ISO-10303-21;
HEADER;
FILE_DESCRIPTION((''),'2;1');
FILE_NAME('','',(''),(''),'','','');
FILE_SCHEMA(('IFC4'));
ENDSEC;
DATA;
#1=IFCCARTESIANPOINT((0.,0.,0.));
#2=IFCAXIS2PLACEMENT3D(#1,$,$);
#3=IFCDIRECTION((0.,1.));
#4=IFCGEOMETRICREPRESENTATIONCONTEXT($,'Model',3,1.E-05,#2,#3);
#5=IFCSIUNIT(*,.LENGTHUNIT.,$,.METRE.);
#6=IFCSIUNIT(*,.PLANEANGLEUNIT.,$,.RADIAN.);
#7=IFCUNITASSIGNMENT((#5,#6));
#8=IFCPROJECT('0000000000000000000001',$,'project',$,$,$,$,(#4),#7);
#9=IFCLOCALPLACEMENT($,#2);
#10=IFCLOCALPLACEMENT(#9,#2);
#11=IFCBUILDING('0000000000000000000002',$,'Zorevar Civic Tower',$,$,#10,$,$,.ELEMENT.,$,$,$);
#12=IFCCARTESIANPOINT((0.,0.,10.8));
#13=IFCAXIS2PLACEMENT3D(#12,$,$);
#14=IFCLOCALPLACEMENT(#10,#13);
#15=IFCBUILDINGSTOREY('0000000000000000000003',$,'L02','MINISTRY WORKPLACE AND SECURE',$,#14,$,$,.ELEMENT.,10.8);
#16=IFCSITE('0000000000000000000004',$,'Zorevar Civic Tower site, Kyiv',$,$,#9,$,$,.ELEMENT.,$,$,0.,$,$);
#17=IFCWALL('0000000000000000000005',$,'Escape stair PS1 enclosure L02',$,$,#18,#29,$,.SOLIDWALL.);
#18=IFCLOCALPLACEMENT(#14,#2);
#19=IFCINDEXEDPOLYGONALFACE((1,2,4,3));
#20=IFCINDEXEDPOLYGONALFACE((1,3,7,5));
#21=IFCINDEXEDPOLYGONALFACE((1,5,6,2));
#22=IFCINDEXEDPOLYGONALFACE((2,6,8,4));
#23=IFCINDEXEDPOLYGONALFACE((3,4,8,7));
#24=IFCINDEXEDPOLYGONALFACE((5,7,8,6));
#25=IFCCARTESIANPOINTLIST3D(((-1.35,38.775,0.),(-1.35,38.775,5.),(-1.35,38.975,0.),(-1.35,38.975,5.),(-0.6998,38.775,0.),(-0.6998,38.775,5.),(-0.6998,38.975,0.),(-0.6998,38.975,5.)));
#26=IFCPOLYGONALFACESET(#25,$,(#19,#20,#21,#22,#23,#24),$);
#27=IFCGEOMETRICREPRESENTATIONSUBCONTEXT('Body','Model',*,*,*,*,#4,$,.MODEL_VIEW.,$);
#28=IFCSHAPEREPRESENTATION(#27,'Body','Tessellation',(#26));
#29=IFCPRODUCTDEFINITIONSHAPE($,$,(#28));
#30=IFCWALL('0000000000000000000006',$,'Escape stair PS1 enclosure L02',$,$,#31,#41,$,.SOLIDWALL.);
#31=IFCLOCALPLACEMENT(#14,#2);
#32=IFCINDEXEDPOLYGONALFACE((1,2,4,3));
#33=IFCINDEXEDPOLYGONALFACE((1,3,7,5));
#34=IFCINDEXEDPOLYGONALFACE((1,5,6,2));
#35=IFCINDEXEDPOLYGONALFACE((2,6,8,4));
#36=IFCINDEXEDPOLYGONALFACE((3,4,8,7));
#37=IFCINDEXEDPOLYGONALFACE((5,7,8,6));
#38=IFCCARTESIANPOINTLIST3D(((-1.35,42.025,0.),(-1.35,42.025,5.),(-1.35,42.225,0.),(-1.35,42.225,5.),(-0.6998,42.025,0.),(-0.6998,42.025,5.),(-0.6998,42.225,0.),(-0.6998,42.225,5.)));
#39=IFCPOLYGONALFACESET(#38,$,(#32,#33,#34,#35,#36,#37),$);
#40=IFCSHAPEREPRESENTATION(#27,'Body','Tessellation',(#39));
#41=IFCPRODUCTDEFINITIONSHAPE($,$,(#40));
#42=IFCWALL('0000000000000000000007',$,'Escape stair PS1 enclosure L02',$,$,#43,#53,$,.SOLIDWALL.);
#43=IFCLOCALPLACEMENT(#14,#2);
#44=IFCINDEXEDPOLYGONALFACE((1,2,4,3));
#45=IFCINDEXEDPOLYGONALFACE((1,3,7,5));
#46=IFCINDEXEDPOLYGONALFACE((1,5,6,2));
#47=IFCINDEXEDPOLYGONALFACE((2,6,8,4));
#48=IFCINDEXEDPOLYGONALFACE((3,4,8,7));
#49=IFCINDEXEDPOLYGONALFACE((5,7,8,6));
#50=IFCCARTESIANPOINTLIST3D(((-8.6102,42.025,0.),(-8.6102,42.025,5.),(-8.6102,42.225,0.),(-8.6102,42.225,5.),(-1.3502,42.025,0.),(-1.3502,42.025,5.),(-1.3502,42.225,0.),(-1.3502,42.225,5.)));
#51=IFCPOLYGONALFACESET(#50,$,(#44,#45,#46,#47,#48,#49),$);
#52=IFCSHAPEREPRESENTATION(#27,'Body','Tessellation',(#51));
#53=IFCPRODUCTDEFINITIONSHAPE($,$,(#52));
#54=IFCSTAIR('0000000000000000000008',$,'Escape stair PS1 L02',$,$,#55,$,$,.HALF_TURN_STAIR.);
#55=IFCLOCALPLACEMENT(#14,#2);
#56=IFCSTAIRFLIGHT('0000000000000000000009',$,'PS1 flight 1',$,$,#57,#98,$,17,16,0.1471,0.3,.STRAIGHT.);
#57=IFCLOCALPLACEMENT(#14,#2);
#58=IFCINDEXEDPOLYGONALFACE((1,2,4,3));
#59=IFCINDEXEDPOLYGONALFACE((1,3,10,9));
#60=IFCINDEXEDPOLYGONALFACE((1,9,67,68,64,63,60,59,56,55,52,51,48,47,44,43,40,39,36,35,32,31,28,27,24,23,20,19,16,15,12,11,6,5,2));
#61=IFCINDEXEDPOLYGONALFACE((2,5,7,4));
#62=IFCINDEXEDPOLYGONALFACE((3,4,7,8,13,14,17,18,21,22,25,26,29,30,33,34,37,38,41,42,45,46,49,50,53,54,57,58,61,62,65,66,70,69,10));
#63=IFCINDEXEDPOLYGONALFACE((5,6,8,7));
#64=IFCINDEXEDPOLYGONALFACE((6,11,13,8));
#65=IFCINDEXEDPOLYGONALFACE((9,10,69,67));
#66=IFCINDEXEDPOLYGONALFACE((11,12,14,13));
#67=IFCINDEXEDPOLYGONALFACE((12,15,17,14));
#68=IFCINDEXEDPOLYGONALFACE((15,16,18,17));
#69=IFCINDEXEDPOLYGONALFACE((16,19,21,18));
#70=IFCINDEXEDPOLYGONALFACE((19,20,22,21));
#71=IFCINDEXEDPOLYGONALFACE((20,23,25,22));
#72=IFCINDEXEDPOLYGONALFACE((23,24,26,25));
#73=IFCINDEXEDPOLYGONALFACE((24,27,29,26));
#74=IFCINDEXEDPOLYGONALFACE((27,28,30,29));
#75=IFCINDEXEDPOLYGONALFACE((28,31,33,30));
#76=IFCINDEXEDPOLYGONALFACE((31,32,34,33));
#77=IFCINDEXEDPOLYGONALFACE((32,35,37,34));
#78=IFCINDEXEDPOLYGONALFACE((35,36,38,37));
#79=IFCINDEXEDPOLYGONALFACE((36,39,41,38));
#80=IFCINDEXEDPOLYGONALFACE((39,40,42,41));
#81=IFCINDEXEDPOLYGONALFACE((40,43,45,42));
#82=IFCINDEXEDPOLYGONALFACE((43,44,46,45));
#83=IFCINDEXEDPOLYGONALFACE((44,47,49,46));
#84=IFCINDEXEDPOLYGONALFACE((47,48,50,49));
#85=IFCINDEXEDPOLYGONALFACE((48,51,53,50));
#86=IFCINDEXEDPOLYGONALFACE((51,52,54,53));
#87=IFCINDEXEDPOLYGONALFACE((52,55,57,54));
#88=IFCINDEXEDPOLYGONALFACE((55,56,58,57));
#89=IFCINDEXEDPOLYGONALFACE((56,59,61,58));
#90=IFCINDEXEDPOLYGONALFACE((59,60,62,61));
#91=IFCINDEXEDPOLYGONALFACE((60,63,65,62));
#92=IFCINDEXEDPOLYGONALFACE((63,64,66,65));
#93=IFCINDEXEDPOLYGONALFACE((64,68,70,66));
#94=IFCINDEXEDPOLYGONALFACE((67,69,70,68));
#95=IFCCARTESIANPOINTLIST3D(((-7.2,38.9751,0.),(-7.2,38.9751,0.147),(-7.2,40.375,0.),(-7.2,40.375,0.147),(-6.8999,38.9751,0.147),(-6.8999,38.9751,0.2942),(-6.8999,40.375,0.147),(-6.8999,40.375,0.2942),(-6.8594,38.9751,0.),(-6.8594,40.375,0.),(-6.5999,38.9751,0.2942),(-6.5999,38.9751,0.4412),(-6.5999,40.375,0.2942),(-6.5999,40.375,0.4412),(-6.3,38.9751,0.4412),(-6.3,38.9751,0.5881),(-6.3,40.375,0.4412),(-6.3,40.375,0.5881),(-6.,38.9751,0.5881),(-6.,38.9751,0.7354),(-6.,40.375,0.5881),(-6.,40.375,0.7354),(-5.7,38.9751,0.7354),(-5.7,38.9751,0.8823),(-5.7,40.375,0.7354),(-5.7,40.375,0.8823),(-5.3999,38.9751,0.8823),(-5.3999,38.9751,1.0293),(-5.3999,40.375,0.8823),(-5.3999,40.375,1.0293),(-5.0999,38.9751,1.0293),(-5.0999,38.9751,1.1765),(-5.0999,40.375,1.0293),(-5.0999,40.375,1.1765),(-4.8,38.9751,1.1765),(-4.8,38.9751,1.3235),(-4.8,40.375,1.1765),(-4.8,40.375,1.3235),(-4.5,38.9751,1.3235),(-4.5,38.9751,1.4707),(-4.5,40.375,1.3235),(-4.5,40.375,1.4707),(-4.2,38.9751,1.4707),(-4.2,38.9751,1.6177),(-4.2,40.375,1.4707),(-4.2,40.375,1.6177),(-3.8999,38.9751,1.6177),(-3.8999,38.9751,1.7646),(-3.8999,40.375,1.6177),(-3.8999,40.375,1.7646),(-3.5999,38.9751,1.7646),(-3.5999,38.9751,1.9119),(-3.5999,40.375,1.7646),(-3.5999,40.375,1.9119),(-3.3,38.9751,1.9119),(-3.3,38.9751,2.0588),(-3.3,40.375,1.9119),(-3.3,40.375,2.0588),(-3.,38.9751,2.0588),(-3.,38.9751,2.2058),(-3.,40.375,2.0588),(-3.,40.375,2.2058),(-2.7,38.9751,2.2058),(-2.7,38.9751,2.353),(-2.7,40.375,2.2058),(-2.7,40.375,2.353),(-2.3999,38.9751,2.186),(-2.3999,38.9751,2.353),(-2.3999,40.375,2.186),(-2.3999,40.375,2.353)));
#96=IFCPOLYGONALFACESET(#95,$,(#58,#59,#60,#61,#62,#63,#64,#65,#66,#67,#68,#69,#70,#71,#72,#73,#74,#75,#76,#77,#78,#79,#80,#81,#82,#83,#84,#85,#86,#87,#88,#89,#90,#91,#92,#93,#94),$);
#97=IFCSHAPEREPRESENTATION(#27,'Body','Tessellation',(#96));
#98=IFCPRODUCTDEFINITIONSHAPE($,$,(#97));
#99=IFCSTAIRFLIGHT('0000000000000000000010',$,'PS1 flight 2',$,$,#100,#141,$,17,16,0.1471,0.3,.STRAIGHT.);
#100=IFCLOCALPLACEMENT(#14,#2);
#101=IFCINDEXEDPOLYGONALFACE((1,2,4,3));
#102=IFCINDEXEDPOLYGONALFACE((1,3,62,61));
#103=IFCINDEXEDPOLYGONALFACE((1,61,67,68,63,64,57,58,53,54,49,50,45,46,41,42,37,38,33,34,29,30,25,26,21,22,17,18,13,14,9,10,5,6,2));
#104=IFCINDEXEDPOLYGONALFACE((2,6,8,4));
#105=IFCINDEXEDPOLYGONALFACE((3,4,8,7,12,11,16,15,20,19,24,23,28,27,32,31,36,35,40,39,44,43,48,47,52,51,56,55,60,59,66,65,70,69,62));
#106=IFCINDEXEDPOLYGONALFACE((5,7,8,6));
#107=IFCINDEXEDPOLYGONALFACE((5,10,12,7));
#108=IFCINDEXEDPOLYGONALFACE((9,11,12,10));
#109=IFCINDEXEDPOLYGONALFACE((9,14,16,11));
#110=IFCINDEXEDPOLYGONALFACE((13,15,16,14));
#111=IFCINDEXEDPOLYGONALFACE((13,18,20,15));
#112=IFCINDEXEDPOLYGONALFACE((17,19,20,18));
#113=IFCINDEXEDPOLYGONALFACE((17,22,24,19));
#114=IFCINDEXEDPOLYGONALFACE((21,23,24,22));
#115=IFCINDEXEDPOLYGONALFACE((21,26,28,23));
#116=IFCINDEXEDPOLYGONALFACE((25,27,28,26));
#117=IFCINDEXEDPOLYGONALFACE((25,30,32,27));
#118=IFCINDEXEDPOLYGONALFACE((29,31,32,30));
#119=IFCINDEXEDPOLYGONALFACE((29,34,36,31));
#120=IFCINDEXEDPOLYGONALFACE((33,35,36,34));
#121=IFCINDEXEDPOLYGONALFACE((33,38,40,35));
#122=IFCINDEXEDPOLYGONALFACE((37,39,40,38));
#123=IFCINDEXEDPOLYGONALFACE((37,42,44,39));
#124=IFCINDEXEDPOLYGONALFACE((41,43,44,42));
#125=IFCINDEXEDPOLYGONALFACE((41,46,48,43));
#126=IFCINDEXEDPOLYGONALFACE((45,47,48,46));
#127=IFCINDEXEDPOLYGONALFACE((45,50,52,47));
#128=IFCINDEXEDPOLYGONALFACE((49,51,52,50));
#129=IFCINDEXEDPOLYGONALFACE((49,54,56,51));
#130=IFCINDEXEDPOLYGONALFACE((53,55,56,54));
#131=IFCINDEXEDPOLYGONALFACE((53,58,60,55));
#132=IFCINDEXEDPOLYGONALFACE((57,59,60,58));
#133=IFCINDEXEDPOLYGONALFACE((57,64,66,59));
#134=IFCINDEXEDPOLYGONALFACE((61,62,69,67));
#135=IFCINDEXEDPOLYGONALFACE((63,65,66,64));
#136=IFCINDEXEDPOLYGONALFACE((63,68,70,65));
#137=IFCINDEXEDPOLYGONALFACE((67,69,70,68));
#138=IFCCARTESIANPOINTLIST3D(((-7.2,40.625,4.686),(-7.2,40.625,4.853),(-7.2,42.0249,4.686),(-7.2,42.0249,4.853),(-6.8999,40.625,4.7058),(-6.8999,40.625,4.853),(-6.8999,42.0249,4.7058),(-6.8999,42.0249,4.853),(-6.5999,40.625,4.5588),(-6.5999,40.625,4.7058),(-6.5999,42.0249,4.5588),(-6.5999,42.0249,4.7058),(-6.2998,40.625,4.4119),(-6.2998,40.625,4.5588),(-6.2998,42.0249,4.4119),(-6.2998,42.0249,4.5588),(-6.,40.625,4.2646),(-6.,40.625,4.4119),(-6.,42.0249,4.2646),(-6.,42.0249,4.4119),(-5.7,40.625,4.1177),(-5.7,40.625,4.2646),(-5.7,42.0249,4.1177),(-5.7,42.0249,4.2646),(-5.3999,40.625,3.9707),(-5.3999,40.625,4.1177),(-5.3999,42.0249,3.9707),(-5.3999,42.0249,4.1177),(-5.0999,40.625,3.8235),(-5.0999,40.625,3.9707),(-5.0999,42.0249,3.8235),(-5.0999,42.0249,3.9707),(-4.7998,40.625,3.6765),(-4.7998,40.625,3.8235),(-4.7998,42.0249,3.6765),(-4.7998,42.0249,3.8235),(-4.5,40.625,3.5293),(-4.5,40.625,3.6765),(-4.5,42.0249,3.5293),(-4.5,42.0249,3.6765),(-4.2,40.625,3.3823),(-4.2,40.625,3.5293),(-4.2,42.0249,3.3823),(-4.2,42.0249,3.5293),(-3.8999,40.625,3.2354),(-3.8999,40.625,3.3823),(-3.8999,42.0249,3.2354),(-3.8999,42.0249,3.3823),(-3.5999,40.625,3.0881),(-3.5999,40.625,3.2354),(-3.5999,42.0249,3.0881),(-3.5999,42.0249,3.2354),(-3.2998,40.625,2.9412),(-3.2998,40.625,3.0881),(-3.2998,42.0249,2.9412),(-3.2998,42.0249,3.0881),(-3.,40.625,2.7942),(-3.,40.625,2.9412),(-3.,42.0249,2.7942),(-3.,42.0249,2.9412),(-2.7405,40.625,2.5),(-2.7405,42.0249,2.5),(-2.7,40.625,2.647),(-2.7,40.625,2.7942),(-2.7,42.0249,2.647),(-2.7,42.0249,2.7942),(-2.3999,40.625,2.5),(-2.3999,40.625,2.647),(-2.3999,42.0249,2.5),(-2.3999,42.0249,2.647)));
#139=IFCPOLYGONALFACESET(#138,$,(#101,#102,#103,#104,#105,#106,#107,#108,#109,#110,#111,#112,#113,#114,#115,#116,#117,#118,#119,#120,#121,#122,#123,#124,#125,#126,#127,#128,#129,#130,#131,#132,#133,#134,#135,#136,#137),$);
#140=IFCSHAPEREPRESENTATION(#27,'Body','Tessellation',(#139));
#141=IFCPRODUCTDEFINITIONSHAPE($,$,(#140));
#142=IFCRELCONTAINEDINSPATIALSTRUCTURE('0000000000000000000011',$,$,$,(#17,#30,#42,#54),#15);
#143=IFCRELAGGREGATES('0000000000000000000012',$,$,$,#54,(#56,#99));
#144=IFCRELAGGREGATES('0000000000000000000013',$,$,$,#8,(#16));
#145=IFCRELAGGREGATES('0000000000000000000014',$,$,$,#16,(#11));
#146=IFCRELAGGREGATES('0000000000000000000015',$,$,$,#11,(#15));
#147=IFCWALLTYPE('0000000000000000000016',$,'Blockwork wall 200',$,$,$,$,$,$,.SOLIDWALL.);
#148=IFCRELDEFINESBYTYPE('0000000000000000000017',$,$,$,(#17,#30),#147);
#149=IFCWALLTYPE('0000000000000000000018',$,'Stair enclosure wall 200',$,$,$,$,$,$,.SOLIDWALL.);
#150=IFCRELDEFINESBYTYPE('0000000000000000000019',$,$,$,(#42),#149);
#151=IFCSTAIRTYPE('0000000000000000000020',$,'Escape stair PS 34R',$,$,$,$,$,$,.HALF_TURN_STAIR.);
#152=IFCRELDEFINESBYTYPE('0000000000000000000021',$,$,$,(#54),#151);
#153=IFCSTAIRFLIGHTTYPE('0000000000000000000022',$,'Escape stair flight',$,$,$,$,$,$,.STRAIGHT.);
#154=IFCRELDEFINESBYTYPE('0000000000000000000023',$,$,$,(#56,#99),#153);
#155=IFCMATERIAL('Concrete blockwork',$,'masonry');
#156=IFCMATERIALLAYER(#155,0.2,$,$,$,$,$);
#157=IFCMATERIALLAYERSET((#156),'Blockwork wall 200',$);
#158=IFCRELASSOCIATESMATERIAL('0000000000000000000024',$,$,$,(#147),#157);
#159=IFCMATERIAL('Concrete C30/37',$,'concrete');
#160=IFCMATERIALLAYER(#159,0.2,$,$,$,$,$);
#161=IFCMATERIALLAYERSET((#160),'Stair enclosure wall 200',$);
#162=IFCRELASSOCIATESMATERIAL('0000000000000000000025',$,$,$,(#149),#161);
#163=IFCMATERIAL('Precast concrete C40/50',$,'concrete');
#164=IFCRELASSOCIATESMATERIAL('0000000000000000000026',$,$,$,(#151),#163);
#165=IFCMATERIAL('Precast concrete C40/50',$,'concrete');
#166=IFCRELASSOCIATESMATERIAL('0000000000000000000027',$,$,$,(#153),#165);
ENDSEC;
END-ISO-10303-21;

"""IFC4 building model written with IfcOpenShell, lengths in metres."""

from ifc_helpers import new_model, si_unit, direction, frame, frame_2d, origin, place, context, subcontext, project, spatial, polyline, rectangle, outline, extrude, material, layer, layer_set, type_object, element, aggregate, save


model = new_model("IFC4")

# Units and contexts
model_context = context("Model", 3, precision=1e-05, world=origin(), true_north=direction((0.0, 1.0)))
body_context = subcontext(model_context, "Body", "Model", "MODEL_VIEW")
ifc_project = project(units=[si_unit("LENGTHUNIT", "METRE"), si_unit("PLANEANGLEUNIT", "RADIAN")], contexts=[model_context])

# Site, building, storey
site_placement = place(None, origin())
site = spatial("IfcSite", under=ifc_project, at=site_placement, Name="Zorevar Civic Tower site, Kyiv", CompositionType="ELEMENT", RefElevation=0.0)
building_placement = place(site_placement, origin())
building = spatial("IfcBuilding", under=site, at=building_placement, Name="Zorevar Civic Tower", CompositionType="ELEMENT")
storey_placement = place(building_placement, frame((0.0, 0.0, 10.8)))
storey = spatial("IfcBuildingStorey", under=building, at=storey_placement, Name="L02", Description="MINISTRY WORKPLACE AND SECURE", CompositionType="ELEMENT", Elevation=10.8)

# Walls
ifc_material_1 = material(Name="Concrete blockwork", Category="masonry")
ifc_layer_1 = layer(ifc_material_1, 0.2)
ifc_layer_set_1 = layer_set([ifc_layer_1], Name="Blockwork wall 200")
wall_type_1 = type_object("IfcWallType", Name="Blockwork wall 200", PredefinedType="SOLIDWALL", material=ifc_layer_set_1)
for number, where, z_axis, x_axis, name in (
    (1, (-1.3501, 38.875, 0.0), (0.0, 0.0, 1.0), (1.0, 0.0, 0.0), "Escape stair PS1 enclosure L02"),
    (2, (-1.3501, 42.125, 0.0), (0.0, 0.0, 1.0), (1.0, 0.0, 0.0), "Escape stair PS1 enclosure L02"),
):
    element("IfcWall", number, at=place(storey_placement, frame(where, z_axis=z_axis, x_axis=x_axis)), inside=storey, type_object=wall_type_1, Name=name, PredefinedType="SOLIDWALL", context=body_context, shape_type="SweptSolid", body=[
        extrude(rectangle(XDim=0.6501, YDim=0.2, at=frame_2d((0.3252, 0.0))), origin(), (0.0, 0.0, 1.0), 5.0),
    ])
ifc_material_2 = material(Name="Concrete C30/37", Category="concrete")
ifc_layer_2 = layer(ifc_material_2, 0.2)
ifc_layer_set_2 = layer_set([ifc_layer_2], Name="Stair enclosure wall 200")
wall_type_2 = type_object("IfcWallType", Name="Stair enclosure wall 200", PredefinedType="SOLIDWALL", material=ifc_layer_set_2)
wall_placement = place(storey_placement, frame((-8.6101, 42.125, 0.0), z_axis=(0.0, 0.0, 1.0), x_axis=(1.0, 0.0, 0.0)))
element("IfcWall", 3, at=wall_placement, inside=storey, type_object=wall_type_2, Name="Escape stair PS1 enclosure L02", PredefinedType="SOLIDWALL", context=body_context, shape_type="SweptSolid", body=[
    extrude(rectangle(XDim=7.26, YDim=0.2, at=frame_2d((3.6299, 0.0))), origin(), (0.0, 0.0, 1.0), 5.0),
])

# Stair, stair flights
ifc_material_3 = material(Name="Precast concrete C40/50", Category="concrete")
stair_type = type_object("IfcStairType", Name="Escape stair PS 34R", PredefinedType="HALF_TURN_STAIR", material=ifc_material_3)
stair_placement = place(storey_placement, origin())
stair = element("IfcStair", 4, at=stair_placement, inside=storey, type_object=stair_type, Name="Escape stair PS1 L02", PredefinedType="HALF_TURN_STAIR")
ifc_material_4 = material(Name="Precast concrete C40/50", Category="concrete")
stair_flight_type = type_object("IfcStairFlightType", Name="Escape stair flight", PredefinedType="STRAIGHT", material=ifc_material_4)
stair_flight_1_placement = place(storey_placement, frame((-7.2, 39.675, 0.0), z_axis=(0.0, 0.0, 1.0), x_axis=(1.0, 0.0, 0.0)))
stair_flight_1 = element("IfcStairFlight", 5, at=stair_flight_1_placement, type_object=stair_flight_type, Name="PS1 flight 1", NumberOfRisers=17, NumberOfTreads=16, PredefinedType="STRAIGHT", RiserHeight=0.1471, TreadLength=0.3, context=body_context, shape_type="SweptSolid", body=[
    extrude(outline(polyline([(0.0, 0.0), (0.0, 0.147), (0.3, 0.147), (0.3, 0.2942), (0.6001, 0.2942), (0.6001, 0.4412), (0.8999, 0.4412), (0.8999, 0.5881), (1.2, 0.5881), (1.2, 0.7354), (1.5, 0.7354), (1.5, 0.8823), (1.8, 0.8823), (1.8, 1.0293), (2.1001, 1.0293), (2.1001, 1.1765), (2.3999, 1.1765), (2.3999, 1.3235), (2.7, 1.3235), (2.7, 1.4707), (3.0, 1.4707), (3.0, 1.6177), (3.3, 1.6177), (3.3, 1.7646), (3.6001, 1.7646), (3.6001, 1.9119), (3.8999, 1.9119), (3.8999, 2.0588), (4.2, 2.0588), (4.2, 2.2058), (4.5, 2.2058), (4.5, 2.353), (4.8, 2.353), (4.8, 2.5), (4.8, 2.186), (0.3406, 0.0), (0.0, 0.0)])), frame((0.0, 0.7, 0.0), z_axis=(0.0, -1.0, 0.0), x_axis=(1.0, 0.0, 0.0)), (0.0, 0.0, 1.0), 1.3999),
])
stair_flight_2_placement = place(storey_placement, frame((-2.3999, 41.325, 2.5), z_axis=(0.0, 0.0, 1.0), x_axis=(-1.0, 0.0, 0.0)))
stair_flight_2 = element("IfcStairFlight", 6, at=stair_flight_2_placement, type_object=stair_flight_type, Name="PS1 flight 2", NumberOfRisers=17, NumberOfTreads=16, PredefinedType="STRAIGHT", RiserHeight=0.1471, TreadLength=0.3, context=body_context, shape_type="SweptSolid", body=[
    extrude(outline(polyline([(0.0, 0.0), (0.0, 0.147), (0.3, 0.147), (0.3, 0.2942), (0.6001, 0.2942), (0.6001, 0.4412), (0.8999, 0.4412), (0.8999, 0.5881), (1.2, 0.5881), (1.2, 0.7354), (1.5, 0.7354), (1.5, 0.8823), (1.8, 0.8823), (1.8, 1.0293), (2.1001, 1.0293), (2.1001, 1.1765), (2.3999, 1.1765), (2.3999, 1.3235), (2.7, 1.3235), (2.7, 1.4707), (3.0, 1.4707), (3.0, 1.6177), (3.3, 1.6177), (3.3, 1.7646), (3.6001, 1.7646), (3.6001, 1.9119), (3.8999, 1.9119), (3.8999, 2.0588), (4.2, 2.0588), (4.2, 2.2058), (4.5, 2.2058), (4.5, 2.353), (4.8, 2.353), (4.8, 2.5), (4.8, 2.186), (0.3406, 0.0), (0.0, 0.0)])), frame((0.0, 0.7, 0.0), z_axis=(0.0, -1.0, 0.0), x_axis=(1.0, 0.0, 0.0)), (0.0, 0.0, 1.0), 1.3999),
])
aggregate(stair, [stair_flight_1, stair_flight_2])

save(model, "model.ifc")
